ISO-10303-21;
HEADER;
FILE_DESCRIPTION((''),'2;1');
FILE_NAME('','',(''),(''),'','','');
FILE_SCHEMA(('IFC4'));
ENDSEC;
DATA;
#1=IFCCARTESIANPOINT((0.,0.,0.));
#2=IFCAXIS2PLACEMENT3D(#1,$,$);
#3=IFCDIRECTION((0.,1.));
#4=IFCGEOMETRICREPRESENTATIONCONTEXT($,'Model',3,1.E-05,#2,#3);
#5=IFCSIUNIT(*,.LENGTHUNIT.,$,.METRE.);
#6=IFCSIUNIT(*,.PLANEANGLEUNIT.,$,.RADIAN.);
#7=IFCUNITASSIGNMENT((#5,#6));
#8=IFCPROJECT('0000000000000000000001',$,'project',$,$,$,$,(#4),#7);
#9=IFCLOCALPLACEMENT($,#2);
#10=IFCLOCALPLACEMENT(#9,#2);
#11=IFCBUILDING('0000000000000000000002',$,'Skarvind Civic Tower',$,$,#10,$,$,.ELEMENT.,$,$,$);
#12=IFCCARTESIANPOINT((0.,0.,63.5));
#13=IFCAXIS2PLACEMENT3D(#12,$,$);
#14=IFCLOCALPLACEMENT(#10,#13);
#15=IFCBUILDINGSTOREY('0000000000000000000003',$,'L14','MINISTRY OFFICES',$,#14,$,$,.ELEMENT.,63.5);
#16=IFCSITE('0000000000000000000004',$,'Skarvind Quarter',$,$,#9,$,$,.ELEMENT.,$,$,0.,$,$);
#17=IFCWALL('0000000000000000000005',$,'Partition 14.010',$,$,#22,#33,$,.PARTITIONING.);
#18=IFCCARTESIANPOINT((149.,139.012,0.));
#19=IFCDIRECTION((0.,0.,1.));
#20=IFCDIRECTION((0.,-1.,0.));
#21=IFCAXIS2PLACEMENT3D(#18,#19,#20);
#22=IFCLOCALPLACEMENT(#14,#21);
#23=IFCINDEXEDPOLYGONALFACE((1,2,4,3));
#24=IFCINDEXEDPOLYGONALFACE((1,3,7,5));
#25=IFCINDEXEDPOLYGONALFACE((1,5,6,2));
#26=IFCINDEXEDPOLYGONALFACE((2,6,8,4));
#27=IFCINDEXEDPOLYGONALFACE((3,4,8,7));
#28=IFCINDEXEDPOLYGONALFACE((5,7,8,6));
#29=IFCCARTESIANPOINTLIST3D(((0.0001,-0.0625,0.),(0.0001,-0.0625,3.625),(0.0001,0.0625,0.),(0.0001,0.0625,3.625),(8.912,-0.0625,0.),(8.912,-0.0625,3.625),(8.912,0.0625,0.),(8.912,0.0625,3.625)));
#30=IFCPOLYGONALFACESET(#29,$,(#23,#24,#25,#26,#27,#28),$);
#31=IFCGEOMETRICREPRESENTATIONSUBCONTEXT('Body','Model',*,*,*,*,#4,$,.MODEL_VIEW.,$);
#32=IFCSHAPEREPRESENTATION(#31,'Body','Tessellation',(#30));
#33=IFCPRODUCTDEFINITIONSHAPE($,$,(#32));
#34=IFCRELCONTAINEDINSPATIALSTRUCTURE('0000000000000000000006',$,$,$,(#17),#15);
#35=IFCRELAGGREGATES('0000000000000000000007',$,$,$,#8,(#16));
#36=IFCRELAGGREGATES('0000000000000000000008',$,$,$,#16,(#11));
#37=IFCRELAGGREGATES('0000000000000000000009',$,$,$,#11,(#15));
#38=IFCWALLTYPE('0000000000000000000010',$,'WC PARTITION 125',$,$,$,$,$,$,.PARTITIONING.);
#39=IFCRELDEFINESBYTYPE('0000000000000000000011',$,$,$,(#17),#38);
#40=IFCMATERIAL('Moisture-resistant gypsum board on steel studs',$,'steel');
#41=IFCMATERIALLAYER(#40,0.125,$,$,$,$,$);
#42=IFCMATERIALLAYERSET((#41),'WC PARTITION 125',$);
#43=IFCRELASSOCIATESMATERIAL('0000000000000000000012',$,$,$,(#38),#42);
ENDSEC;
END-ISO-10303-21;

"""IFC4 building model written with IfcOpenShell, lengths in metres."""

from ifc_helpers import new_model, si_unit, direction, frame, frame_2d, origin, place, context, subcontext, project, spatial, rectangle, extrude, material, layer, layer_set, type_object, element, save


model = new_model("IFC4")

# Units and contexts
model_context = context("Model", 3, precision=1e-05, world=origin(), true_north=direction((0.0, 1.0)))
body_context = subcontext(model_context, "Body", "Model", "MODEL_VIEW")
ifc_project = project(units=[si_unit("LENGTHUNIT", "METRE"), si_unit("PLANEANGLEUNIT", "RADIAN")], contexts=[model_context])

# Site, building, storey
site_placement = place(None, origin())
site = spatial("IfcSite", under=ifc_project, at=site_placement, Name="Skarvind Quarter", CompositionType="ELEMENT", RefElevation=0.0)
building_placement = place(site_placement, origin())
building = spatial("IfcBuilding", under=site, at=building_placement, Name="Skarvind Civic Tower", CompositionType="ELEMENT")
storey_placement = place(building_placement, frame((0.0, 0.0, 63.5)))
storey = spatial("IfcBuildingStorey", under=building, at=storey_placement, Name="L14", Description="MINISTRY OFFICES", CompositionType="ELEMENT", Elevation=63.5)

# Shared definitions
ifc_material_1 = material(Name="Moisture-resistant gypsum board on steel studs", Category="steel")
ifc_layer_1 = layer(ifc_material_1, 0.125)
ifc_layer_set_1 = layer_set([ifc_layer_1], Name="WC PARTITION 125")
wall_type_1 = type_object("IfcWallType", Name="WC PARTITION 125", PredefinedType="PARTITIONING", material=ifc_layer_set_1)

# Wall
wall_1_placement = place(storey_placement, frame((149.0, 139.012, 0.0), z_axis=(0.0, 0.0, 1.0), x_axis=(0.0, -1.0, 0.0)))
element("IfcWall", 1, at=wall_1_placement, inside=storey, type_object=wall_type_1, Name="Partition 14.010", PredefinedType="PARTITIONING", context=body_context, shape_type="SweptSolid", body=[
    extrude(rectangle(XDim=8.9119, YDim=0.125, at=frame_2d((4.4561, 0.0))), origin(), (0.0, 0.0, 1.0), 3.625),
])

save(model, "model.ifc")
